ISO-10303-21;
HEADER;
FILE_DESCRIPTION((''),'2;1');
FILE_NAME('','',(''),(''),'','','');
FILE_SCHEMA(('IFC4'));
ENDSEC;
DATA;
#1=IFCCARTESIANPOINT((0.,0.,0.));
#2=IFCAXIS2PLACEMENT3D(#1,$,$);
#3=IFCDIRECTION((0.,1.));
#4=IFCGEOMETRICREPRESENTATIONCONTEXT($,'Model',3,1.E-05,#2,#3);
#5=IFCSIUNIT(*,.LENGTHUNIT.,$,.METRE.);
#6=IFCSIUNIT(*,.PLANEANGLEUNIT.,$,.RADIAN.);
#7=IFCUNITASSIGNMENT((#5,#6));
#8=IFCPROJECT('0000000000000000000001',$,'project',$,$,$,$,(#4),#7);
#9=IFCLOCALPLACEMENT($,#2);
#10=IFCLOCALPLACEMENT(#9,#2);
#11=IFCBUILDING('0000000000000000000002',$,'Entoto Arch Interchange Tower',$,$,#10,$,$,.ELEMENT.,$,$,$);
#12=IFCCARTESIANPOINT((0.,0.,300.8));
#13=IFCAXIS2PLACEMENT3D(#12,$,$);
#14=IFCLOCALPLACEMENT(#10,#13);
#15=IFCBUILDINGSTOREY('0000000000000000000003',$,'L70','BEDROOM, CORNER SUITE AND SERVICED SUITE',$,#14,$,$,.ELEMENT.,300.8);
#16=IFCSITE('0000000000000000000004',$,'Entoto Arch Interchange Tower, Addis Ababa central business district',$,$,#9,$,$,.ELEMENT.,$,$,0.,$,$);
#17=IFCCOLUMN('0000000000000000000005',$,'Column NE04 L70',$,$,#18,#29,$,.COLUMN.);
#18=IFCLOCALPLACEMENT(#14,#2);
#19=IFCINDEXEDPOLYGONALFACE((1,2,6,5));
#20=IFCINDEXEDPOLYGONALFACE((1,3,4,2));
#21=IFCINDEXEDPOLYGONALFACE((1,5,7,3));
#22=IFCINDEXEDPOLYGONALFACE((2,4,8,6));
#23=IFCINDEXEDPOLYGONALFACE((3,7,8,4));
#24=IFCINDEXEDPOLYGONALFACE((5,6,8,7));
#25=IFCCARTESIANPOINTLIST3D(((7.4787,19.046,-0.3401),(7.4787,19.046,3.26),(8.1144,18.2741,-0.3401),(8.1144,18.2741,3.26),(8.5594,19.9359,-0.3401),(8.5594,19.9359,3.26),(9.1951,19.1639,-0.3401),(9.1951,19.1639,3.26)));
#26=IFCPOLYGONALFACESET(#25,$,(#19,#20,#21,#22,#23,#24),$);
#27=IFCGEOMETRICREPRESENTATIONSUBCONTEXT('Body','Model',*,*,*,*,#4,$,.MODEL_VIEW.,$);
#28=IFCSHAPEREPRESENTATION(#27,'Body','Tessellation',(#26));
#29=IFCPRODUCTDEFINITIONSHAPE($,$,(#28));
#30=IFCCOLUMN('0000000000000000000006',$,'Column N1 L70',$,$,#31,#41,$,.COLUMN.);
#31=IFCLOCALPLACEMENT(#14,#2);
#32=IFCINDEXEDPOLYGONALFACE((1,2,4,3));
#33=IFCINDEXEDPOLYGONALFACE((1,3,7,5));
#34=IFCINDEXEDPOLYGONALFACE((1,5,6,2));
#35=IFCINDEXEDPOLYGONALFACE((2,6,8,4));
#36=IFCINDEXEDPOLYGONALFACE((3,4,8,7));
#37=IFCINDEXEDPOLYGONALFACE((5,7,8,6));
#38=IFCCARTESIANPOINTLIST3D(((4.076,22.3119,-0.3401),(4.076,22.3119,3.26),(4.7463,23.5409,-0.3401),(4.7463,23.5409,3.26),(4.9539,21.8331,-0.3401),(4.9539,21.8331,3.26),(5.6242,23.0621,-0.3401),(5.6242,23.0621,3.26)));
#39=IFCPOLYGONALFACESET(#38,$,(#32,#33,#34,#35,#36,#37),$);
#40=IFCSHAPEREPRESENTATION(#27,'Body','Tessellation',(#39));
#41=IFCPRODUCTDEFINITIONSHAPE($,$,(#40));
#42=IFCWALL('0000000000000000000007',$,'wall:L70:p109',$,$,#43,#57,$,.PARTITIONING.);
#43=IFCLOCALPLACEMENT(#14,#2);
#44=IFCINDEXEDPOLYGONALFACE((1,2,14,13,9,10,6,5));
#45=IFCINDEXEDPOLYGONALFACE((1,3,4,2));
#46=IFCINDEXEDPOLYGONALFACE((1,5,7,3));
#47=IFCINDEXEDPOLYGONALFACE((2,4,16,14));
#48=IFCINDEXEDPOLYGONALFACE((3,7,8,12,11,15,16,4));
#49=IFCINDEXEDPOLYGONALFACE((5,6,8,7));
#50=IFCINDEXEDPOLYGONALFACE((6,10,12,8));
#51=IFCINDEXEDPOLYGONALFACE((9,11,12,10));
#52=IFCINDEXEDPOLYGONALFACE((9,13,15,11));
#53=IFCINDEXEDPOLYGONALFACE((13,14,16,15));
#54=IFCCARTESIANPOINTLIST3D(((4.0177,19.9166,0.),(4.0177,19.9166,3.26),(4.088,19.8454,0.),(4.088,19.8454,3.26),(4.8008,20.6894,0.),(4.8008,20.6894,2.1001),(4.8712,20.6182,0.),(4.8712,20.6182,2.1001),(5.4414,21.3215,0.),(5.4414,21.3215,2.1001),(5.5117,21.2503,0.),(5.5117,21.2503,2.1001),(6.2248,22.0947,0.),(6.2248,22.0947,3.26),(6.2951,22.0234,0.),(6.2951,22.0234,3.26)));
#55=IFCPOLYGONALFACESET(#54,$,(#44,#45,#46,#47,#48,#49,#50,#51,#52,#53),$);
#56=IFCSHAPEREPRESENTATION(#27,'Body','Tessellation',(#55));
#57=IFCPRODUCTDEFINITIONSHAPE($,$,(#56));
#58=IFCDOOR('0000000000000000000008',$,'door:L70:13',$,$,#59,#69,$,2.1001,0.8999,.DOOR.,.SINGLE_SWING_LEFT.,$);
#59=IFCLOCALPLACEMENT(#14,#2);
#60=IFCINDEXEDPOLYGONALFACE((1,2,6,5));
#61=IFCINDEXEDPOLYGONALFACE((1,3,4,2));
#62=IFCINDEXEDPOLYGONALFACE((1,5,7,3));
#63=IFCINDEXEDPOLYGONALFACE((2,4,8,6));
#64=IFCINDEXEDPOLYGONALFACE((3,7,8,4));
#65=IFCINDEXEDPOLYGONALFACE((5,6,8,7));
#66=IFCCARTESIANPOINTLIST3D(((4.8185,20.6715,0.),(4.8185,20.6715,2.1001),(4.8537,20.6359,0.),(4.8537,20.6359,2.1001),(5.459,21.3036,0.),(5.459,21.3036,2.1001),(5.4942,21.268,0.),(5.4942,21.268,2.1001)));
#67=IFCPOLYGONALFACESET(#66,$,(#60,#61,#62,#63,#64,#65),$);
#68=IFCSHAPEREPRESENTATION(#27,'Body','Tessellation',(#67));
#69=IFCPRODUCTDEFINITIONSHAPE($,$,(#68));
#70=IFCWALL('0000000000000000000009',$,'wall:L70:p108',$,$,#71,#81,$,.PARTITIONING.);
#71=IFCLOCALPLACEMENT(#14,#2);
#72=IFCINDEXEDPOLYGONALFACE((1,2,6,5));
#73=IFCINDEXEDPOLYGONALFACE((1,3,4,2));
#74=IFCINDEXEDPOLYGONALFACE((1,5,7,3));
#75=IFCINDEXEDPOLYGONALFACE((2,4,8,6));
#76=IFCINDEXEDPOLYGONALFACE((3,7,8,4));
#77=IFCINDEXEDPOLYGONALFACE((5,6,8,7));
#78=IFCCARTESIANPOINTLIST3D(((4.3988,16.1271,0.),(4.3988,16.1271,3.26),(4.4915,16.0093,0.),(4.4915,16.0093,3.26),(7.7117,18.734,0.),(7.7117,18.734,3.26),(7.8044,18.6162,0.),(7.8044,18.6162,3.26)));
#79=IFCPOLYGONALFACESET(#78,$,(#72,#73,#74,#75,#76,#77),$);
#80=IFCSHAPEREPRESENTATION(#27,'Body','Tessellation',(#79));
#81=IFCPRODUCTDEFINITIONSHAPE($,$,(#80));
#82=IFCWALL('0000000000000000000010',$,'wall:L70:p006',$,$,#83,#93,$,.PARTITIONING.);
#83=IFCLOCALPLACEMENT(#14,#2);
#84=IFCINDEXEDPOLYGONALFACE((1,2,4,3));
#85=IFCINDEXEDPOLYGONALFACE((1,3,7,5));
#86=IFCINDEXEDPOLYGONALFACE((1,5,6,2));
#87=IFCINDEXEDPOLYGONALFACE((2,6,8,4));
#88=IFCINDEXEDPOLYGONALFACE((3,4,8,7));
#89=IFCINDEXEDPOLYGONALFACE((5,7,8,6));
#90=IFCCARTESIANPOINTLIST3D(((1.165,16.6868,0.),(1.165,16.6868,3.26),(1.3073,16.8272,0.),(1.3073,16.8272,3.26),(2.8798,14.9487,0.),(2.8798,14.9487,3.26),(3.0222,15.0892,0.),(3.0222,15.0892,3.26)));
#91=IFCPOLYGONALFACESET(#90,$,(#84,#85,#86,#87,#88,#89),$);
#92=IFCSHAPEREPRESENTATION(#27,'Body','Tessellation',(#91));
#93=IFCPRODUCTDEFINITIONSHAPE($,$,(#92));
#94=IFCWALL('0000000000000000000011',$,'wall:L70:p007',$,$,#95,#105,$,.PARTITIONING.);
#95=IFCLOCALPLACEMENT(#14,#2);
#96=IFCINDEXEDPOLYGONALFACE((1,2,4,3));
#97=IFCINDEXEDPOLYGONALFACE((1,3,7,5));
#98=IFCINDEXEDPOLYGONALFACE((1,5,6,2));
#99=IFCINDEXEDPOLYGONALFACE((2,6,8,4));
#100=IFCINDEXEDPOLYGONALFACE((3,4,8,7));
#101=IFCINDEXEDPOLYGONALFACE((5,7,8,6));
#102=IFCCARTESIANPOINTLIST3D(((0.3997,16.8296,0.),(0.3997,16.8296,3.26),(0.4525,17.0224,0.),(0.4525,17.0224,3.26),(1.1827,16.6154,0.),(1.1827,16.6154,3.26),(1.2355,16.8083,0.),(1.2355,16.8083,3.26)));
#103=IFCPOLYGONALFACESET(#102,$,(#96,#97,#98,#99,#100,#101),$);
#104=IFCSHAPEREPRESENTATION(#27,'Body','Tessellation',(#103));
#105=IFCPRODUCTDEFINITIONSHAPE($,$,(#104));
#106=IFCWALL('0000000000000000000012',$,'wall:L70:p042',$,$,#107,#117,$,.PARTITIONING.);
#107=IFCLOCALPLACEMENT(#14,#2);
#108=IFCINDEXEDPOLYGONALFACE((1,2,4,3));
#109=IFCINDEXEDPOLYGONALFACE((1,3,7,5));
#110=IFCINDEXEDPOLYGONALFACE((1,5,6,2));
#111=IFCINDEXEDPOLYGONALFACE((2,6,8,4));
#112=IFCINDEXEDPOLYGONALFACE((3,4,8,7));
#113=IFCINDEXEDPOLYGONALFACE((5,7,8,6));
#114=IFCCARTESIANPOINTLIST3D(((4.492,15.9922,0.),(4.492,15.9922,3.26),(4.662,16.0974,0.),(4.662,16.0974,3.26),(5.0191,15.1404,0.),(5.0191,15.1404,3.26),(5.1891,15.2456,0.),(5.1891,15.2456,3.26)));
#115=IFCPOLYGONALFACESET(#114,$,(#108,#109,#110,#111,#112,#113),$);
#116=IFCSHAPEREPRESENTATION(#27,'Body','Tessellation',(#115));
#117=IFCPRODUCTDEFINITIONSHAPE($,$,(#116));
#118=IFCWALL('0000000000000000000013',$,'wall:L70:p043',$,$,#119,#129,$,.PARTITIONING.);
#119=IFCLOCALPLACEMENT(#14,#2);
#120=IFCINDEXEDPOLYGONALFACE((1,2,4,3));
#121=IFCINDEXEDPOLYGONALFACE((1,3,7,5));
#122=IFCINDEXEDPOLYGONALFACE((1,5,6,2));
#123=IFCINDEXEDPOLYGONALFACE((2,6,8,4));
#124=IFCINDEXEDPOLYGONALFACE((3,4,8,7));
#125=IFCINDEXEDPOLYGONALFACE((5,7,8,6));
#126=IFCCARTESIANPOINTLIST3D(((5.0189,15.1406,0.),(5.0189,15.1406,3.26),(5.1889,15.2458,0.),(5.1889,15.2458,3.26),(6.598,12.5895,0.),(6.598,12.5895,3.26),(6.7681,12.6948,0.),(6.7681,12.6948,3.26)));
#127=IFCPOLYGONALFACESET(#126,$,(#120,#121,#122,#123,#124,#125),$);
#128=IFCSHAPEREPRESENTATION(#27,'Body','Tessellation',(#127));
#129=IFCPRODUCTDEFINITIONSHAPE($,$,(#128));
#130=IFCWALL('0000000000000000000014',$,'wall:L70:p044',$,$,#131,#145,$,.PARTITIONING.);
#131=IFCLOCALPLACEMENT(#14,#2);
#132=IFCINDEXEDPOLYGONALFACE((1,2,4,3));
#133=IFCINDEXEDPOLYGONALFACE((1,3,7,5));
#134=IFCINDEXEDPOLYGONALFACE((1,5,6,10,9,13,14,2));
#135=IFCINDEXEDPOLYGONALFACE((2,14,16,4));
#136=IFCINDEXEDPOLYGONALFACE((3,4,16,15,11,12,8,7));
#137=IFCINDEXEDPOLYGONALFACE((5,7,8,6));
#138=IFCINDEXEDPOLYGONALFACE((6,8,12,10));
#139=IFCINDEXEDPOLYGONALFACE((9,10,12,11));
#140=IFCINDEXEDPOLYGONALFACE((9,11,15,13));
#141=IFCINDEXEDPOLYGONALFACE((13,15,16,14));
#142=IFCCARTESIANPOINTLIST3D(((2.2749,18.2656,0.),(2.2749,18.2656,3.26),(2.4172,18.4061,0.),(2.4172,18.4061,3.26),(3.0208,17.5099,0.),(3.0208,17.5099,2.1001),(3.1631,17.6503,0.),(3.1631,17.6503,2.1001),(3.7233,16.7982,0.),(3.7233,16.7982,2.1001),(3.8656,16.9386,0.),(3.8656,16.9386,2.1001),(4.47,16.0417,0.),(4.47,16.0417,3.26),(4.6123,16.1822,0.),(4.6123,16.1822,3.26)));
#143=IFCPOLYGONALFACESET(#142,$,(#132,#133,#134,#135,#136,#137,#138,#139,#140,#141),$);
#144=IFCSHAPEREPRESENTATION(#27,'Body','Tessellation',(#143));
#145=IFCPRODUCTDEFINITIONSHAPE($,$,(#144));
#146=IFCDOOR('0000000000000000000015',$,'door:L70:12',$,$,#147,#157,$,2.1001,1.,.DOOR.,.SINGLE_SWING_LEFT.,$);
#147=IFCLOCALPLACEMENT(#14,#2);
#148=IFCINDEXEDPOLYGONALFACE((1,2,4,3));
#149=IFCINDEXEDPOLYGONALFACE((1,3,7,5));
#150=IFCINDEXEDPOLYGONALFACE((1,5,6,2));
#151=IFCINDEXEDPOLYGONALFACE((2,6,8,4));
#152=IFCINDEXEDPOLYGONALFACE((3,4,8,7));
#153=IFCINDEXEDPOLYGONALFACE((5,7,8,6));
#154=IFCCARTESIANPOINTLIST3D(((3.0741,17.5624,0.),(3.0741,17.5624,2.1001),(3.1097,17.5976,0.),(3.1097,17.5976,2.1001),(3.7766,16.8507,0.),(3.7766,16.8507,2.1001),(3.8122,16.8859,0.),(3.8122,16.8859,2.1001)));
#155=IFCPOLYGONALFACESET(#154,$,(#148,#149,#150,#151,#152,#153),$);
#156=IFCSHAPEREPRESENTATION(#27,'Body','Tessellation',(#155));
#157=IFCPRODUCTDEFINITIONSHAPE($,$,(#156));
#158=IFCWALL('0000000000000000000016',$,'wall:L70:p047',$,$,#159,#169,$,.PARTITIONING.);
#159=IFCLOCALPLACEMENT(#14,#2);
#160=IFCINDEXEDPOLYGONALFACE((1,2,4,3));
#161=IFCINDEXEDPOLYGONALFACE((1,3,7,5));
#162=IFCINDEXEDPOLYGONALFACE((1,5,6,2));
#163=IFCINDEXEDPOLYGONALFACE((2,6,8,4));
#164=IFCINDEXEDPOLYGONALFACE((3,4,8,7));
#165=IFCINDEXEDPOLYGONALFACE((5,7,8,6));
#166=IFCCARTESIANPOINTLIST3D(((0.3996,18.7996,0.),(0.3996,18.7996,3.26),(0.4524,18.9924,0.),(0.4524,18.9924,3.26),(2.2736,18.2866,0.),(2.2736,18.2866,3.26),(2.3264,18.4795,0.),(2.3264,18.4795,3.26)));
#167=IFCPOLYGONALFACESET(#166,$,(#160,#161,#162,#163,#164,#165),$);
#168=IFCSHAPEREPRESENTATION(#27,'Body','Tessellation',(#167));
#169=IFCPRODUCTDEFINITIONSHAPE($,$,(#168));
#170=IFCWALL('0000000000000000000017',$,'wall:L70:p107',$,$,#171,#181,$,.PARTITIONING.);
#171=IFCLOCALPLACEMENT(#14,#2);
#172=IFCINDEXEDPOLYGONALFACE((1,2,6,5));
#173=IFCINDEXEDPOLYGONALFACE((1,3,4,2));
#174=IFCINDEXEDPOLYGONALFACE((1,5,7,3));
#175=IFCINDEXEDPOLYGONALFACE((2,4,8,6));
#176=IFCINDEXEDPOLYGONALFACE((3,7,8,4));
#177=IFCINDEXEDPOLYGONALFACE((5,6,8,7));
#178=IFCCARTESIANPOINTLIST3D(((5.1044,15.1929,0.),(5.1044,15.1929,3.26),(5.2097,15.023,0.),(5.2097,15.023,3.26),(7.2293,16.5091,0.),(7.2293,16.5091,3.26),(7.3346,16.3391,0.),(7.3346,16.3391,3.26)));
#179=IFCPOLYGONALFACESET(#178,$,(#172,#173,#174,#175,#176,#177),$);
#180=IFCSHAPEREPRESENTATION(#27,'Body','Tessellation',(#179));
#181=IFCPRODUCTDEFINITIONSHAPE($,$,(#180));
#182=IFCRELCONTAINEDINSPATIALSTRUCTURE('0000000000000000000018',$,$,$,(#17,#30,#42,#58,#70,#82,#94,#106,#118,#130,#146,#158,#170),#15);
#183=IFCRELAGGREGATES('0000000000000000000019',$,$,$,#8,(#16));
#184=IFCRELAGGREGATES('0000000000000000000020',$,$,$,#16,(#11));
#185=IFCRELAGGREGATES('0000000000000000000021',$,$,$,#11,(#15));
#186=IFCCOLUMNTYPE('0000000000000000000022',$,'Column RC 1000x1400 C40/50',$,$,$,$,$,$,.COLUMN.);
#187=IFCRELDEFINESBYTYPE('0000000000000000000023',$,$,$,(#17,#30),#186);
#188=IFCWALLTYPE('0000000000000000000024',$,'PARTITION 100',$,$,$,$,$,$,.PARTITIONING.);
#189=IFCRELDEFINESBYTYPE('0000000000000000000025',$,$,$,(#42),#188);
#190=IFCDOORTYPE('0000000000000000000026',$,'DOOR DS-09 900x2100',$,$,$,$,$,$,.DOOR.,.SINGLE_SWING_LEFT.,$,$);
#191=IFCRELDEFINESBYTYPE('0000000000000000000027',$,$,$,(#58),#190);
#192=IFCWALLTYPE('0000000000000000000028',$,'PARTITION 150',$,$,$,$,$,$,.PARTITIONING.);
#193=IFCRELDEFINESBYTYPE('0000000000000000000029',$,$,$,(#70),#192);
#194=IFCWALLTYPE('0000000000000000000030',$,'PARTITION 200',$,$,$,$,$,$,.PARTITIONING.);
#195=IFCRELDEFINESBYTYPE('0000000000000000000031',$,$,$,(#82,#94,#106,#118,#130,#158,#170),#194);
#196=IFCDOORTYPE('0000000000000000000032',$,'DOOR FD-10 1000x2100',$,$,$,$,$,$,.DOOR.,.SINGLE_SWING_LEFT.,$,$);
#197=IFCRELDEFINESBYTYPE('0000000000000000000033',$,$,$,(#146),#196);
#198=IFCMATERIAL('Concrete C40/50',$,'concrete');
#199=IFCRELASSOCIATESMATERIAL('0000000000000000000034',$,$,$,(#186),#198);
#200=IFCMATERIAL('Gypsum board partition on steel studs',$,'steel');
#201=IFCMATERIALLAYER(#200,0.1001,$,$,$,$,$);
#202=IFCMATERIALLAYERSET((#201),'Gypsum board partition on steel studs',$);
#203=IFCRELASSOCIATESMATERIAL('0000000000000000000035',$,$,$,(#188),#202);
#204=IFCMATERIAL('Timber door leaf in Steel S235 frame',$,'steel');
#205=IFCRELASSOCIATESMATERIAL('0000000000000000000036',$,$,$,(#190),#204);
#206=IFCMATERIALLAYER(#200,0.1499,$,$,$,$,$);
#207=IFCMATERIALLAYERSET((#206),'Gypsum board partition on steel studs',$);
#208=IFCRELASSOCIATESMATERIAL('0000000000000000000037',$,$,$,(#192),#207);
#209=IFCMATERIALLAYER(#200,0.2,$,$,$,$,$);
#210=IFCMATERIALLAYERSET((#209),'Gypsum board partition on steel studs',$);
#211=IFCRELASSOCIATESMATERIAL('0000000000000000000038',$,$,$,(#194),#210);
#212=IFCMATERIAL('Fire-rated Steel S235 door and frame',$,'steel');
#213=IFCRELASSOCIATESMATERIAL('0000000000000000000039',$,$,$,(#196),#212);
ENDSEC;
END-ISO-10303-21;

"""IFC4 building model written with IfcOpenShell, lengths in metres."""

from ifc_helpers import new_model, si_unit, direction, frame, frame_2d, origin, origin_2d, place, context, subcontext, project, spatial, rectangle, extrude, material, layer, layer_set, material_profile, profile_set, type_object, element, fill, save


model = new_model("IFC4")

# Units and contexts
model_context = context("Model", 3, precision=1e-05, world=origin(), true_north=direction((0.0, 1.0)))
body_context = subcontext(model_context, "Body", "Model", "MODEL_VIEW")
ifc_project = project(units=[si_unit("LENGTHUNIT", "METRE"), si_unit("PLANEANGLEUNIT", "RADIAN")], contexts=[model_context])

# Site, building, storey
site_placement = place(None, origin())
site = spatial("IfcSite", under=ifc_project, at=site_placement, Name="Entoto Arch Interchange Tower, Addis Ababa central business district", CompositionType="ELEMENT", RefElevation=0.0)
building_placement = place(site_placement, origin())
building = spatial("IfcBuilding", under=site, at=building_placement, Name="Entoto Arch Interchange Tower", CompositionType="ELEMENT")
storey_placement = place(building_placement, frame((0.0, 0.0, 300.8)))
storey = spatial("IfcBuildingStorey", under=building, at=storey_placement, Name="L70", Description="BEDROOM, CORNER SUITE AND SERVICED SUITE", CompositionType="ELEMENT", Elevation=300.8)

# Columns
ifc_material_1 = material(Name="Concrete C40/50", Category="concrete")
ifc_material_profile = material_profile(ifc_material_1, rectangle(XDim=1.0, YDim=1.3999, at=origin_2d()))
ifc_profile_set = profile_set([ifc_material_profile], Name="Concrete C40/50")
column_type = type_object("IfcColumnType", Name="Column RC 1000x1400 C40/50", PredefinedType="COLUMN", material=ifc_profile_set)
for number, where, z_axis, x_axis, name in (
    (1, (8.3369, 19.105, -0.3401), (0.0, 0.0, 1.0), (-0.635647, 0.77198, 0.0), "Column NE04 L70"),
    (2, (4.8501, 22.687, -0.3401), (0.0, 0.0, 1.0), (-0.877899, 0.478845, 0.0), "Column N1 L70"),
):
    element("IfcColumn", number, at=place(storey_placement, frame(where, z_axis=z_axis, x_axis=x_axis)), inside=storey, type_object=column_type, Name=name, PredefinedType="COLUMN", context=body_context, shape_type="SweptSolid", body=[
        extrude(rectangle(XDim=1.0, YDim=1.3999, at=origin_2d()), origin(), (0.0, 0.0, 1.0), 3.6001),
    ])

# Wall, opening, door
ifc_material_2 = material(Name="Gypsum board partition on steel studs", Category="steel")
ifc_layer_1 = layer(ifc_material_2, 0.1001)
ifc_layer_set_1 = layer_set([ifc_layer_1], Name="Gypsum board partition on steel studs")
wall_type_1 = type_object("IfcWallType", Name="PARTITION 100", PredefinedType="PARTITIONING", material=ifc_layer_set_1)
wall_1_placement = place(storey_placement, frame((4.053, 19.8811, 0.0), z_axis=(0.0, 0.0, 1.0), x_axis=(0.711776, 0.702406, 0.0)))
wall_1 = element("IfcWall", 3, at=wall_1_placement, inside=storey, type_object=wall_type_1, Name="wall:L70:p109", PredefinedType="PARTITIONING", context=body_context, shape_type="SweptSolid", body=[
    extrude(rectangle(XDim=3.1008, YDim=0.1001, at=frame_2d((1.5503, 0.0))), origin(), (0.0, 0.0, 1.0), 3.26),
])
opening_1_placement = place(wall_1_placement, frame((1.1001, 0.0, 0.0)))
opening_1 = element("IfcOpeningElement", 4, at=opening_1_placement, cuts=wall_1, PredefinedType="OPENING", context=body_context, shape_type="SweptSolid", body=[
    extrude(rectangle(XDim=0.8999, YDim=2.1001, at=frame_2d((0.45, 1.05))), frame((0.0, 0.0601, 0.0), z_axis=(0.0, -1.0, 0.0), x_axis=(1.0, 0.0, 0.0)), (0.0, 0.0, 1.0), 0.1201),
])
ifc_material_3 = material(Name="Timber door leaf in Steel S235 frame", Category="steel")
door_type_1 = type_object("IfcDoorType", Name="DOOR DS-09 900x2100", OperationType="SINGLE_SWING_LEFT", PredefinedType="DOOR", material=ifc_material_3)
door_1_placement = place(opening_1_placement, origin())
door_1 = element("IfcDoor", 5, at=door_1_placement, inside=storey, type_object=door_type_1, Name="door:L70:13", OperationType="SINGLE_SWING_LEFT", OverallHeight=2.1001, OverallWidth=0.8999, PredefinedType="DOOR", context=body_context, shape_type="SweptSolid", body=[
    extrude(rectangle(XDim=0.8999, YDim=2.1001, at=frame_2d((0.45, 1.05))), frame((0.0, 0.0249, 0.0), z_axis=(0.0, -1.0, 0.0), x_axis=(1.0, 0.0, 0.0)), (0.0, 0.0, 1.0), 0.05),
])
fill(opening_1, door_1)

# Walls
ifc_layer_2 = layer(ifc_material_2, 0.1499)
ifc_layer_set_2 = layer_set([ifc_layer_2], Name="Gypsum board partition on steel studs")
wall_type_2 = type_object("IfcWallType", Name="PARTITION 150", PredefinedType="PARTITIONING", material=ifc_layer_set_2)
wall_2_placement = place(storey_placement, frame((4.4451, 16.0681, 0.0), z_axis=(0.0, 0.0, 1.0), x_axis=(0.785872, 0.618389, 0.0)))
element("IfcWall", 6, at=wall_2_placement, inside=storey, type_object=wall_type_2, Name="wall:L70:p108", PredefinedType="PARTITIONING", context=body_context, shape_type="SweptSolid", body=[
    extrude(rectangle(XDim=4.2156, YDim=0.1499, at=frame_2d((2.1079, 0.0))), origin(), (0.0, 0.0, 1.0), 3.26),
])
ifc_layer_3 = layer(ifc_material_2, 0.2)
ifc_layer_set_3 = layer_set([ifc_layer_3], Name="Gypsum board partition on steel studs")
wall_type_3 = type_object("IfcWallType", Name="PARTITION 200", PredefinedType="PARTITIONING", material=ifc_layer_set_3)
wall_3_placement = place(storey_placement, frame((2.9509, 15.019, 0.0), z_axis=(0.0, 0.0, 1.0), x_axis=(-0.702341, 0.71184, 0.0)))
element("IfcWall", 7, at=wall_3_placement, inside=storey, type_object=wall_type_3, Name="wall:L70:p006", PredefinedType="PARTITIONING", context=body_context, shape_type="SweptSolid", body=[
    extrude(rectangle(XDim=2.4417, YDim=0.2, at=frame_2d((1.2207, 0.0))), origin(), (0.0, 0.0, 1.0), 3.26),
])
wall_4_placement = place(storey_placement, frame((1.209, 16.7119, 0.0), z_axis=(0.0, 0.0, 1.0), x_axis=(-0.964583, 0.263779, 0.0)))
element("IfcWall", 8, at=wall_4_placement, inside=storey, type_object=wall_type_3, Name="wall:L70:p007", PredefinedType="PARTITIONING", context=body_context, shape_type="SweptSolid", body=[
    extrude(rectangle(XDim=0.8118, YDim=0.2, at=frame_2d((0.4058, 0.0))), origin(), (0.0, 0.0, 1.0), 3.26),
])
wall_5_placement = place(storey_placement, frame((4.5769, 16.0449, 0.0), z_axis=(0.0, 0.0, 1.0), x_axis=(0.526204, -0.850359, 0.0)))
element("IfcWall", 9, at=wall_5_placement, inside=storey, type_object=wall_type_3, Name="wall:L70:p042", PredefinedType="PARTITIONING", context=body_context, shape_type="SweptSolid", body=[
    extrude(rectangle(XDim=1.0017, YDim=0.2, at=frame_2d((0.501, 0.0))), origin(), (0.0, 0.0, 1.0), 3.26),
])
wall_6_placement = place(storey_placement, frame((5.104, 15.1931, 0.0), z_axis=(0.0, 0.0, 1.0), x_axis=(0.526329, -0.850281, 0.0)))
element("IfcWall", 10, at=wall_6_placement, inside=storey, type_object=wall_type_3, Name="wall:L70:p043", PredefinedType="PARTITIONING", context=body_context, shape_type="SweptSolid", body=[
    extrude(rectangle(XDim=3.0002, YDim=0.2, at=frame_2d((1.5, 0.0))), origin(), (0.0, 0.0, 1.0), 3.26),
])

# Wall, opening, door
wall_7_placement = place(storey_placement, frame((2.3459, 18.3359, 0.0), z_axis=(0.0, 0.0, 1.0), x_axis=(0.702482, -0.711702, 0.0)))
wall_7 = element("IfcWall", 11, at=wall_7_placement, inside=storey, type_object=wall_type_3, Name="wall:L70:p044", PredefinedType="PARTITIONING", context=body_context, shape_type="SweptSolid", body=[
    extrude(rectangle(XDim=3.1248, YDim=0.2, at=frame_2d((1.5625, 0.0))), origin(), (0.0, 0.0, 1.0), 3.26),
])
opening_2_placement = place(wall_7_placement, frame((1.062, 0.0, 0.0)))
opening_2 = element("IfcOpeningElement", 12, at=opening_2_placement, cuts=wall_7, PredefinedType="OPENING", context=body_context, shape_type="SweptSolid", body=[
    extrude(rectangle(XDim=1.0, YDim=2.1001, at=frame_2d((0.5, 1.05))), frame((0.0, 0.1099, 0.0), z_axis=(0.0, -1.0, 0.0), x_axis=(1.0, 0.0, 0.0)), (0.0, 0.0, 1.0), 0.22),
])
ifc_material_4 = material(Name="Fire-rated Steel S235 door and frame", Category="steel")
door_type_2 = type_object("IfcDoorType", Name="DOOR FD-10 1000x2100", OperationType="SINGLE_SWING_LEFT", PredefinedType="DOOR", material=ifc_material_4)
door_2_placement = place(opening_2_placement, origin())
door_2 = element("IfcDoor", 13, at=door_2_placement, inside=storey, type_object=door_type_2, Name="door:L70:12", OperationType="SINGLE_SWING_LEFT", OverallHeight=2.1001, OverallWidth=1.0, PredefinedType="DOOR", context=body_context, shape_type="SweptSolid", body=[
    extrude(rectangle(XDim=1.0, YDim=2.1001, at=frame_2d((0.5, 1.05))), frame((0.0, 0.0249, 0.0), z_axis=(0.0, -1.0, 0.0), x_axis=(1.0, 0.0, 0.0)), (0.0, 0.0, 1.0), 0.05),
])
fill(opening_2, door_2)

# Walls
wall_8_placement = place(storey_placement, frame((0.426, 18.896, 0.0), z_axis=(0.0, 0.0, 1.0), x_axis=(0.964523, -0.264, 0.0)))
element("IfcWall", 14, at=wall_8_placement, inside=storey, type_object=wall_type_3, Name="wall:L70:p047", PredefinedType="PARTITIONING", context=body_context, shape_type="SweptSolid", body=[
    extrude(rectangle(XDim=1.9429, YDim=0.2, at=frame_2d((0.9714, 0.0))), origin(), (0.0, 0.0, 1.0), 3.26),
])
wall_9_placement = place(storey_placement, frame((7.282, 16.4241, 0.0), z_axis=(0.0, 0.0, 1.0), x_axis=(-0.850142, -0.526553, 0.0)))
element("IfcWall", 15, at=wall_9_placement, inside=storey, type_object=wall_type_3, Name="wall:L70:p107", PredefinedType="PARTITIONING", context=body_context, shape_type="SweptSolid", body=[
    extrude(rectangle(XDim=2.4995, YDim=0.2, at=frame_2d((1.2498, 0.0))), origin(), (0.0, 0.0, 1.0), 3.26),
])

save(model, "model.ifc")
